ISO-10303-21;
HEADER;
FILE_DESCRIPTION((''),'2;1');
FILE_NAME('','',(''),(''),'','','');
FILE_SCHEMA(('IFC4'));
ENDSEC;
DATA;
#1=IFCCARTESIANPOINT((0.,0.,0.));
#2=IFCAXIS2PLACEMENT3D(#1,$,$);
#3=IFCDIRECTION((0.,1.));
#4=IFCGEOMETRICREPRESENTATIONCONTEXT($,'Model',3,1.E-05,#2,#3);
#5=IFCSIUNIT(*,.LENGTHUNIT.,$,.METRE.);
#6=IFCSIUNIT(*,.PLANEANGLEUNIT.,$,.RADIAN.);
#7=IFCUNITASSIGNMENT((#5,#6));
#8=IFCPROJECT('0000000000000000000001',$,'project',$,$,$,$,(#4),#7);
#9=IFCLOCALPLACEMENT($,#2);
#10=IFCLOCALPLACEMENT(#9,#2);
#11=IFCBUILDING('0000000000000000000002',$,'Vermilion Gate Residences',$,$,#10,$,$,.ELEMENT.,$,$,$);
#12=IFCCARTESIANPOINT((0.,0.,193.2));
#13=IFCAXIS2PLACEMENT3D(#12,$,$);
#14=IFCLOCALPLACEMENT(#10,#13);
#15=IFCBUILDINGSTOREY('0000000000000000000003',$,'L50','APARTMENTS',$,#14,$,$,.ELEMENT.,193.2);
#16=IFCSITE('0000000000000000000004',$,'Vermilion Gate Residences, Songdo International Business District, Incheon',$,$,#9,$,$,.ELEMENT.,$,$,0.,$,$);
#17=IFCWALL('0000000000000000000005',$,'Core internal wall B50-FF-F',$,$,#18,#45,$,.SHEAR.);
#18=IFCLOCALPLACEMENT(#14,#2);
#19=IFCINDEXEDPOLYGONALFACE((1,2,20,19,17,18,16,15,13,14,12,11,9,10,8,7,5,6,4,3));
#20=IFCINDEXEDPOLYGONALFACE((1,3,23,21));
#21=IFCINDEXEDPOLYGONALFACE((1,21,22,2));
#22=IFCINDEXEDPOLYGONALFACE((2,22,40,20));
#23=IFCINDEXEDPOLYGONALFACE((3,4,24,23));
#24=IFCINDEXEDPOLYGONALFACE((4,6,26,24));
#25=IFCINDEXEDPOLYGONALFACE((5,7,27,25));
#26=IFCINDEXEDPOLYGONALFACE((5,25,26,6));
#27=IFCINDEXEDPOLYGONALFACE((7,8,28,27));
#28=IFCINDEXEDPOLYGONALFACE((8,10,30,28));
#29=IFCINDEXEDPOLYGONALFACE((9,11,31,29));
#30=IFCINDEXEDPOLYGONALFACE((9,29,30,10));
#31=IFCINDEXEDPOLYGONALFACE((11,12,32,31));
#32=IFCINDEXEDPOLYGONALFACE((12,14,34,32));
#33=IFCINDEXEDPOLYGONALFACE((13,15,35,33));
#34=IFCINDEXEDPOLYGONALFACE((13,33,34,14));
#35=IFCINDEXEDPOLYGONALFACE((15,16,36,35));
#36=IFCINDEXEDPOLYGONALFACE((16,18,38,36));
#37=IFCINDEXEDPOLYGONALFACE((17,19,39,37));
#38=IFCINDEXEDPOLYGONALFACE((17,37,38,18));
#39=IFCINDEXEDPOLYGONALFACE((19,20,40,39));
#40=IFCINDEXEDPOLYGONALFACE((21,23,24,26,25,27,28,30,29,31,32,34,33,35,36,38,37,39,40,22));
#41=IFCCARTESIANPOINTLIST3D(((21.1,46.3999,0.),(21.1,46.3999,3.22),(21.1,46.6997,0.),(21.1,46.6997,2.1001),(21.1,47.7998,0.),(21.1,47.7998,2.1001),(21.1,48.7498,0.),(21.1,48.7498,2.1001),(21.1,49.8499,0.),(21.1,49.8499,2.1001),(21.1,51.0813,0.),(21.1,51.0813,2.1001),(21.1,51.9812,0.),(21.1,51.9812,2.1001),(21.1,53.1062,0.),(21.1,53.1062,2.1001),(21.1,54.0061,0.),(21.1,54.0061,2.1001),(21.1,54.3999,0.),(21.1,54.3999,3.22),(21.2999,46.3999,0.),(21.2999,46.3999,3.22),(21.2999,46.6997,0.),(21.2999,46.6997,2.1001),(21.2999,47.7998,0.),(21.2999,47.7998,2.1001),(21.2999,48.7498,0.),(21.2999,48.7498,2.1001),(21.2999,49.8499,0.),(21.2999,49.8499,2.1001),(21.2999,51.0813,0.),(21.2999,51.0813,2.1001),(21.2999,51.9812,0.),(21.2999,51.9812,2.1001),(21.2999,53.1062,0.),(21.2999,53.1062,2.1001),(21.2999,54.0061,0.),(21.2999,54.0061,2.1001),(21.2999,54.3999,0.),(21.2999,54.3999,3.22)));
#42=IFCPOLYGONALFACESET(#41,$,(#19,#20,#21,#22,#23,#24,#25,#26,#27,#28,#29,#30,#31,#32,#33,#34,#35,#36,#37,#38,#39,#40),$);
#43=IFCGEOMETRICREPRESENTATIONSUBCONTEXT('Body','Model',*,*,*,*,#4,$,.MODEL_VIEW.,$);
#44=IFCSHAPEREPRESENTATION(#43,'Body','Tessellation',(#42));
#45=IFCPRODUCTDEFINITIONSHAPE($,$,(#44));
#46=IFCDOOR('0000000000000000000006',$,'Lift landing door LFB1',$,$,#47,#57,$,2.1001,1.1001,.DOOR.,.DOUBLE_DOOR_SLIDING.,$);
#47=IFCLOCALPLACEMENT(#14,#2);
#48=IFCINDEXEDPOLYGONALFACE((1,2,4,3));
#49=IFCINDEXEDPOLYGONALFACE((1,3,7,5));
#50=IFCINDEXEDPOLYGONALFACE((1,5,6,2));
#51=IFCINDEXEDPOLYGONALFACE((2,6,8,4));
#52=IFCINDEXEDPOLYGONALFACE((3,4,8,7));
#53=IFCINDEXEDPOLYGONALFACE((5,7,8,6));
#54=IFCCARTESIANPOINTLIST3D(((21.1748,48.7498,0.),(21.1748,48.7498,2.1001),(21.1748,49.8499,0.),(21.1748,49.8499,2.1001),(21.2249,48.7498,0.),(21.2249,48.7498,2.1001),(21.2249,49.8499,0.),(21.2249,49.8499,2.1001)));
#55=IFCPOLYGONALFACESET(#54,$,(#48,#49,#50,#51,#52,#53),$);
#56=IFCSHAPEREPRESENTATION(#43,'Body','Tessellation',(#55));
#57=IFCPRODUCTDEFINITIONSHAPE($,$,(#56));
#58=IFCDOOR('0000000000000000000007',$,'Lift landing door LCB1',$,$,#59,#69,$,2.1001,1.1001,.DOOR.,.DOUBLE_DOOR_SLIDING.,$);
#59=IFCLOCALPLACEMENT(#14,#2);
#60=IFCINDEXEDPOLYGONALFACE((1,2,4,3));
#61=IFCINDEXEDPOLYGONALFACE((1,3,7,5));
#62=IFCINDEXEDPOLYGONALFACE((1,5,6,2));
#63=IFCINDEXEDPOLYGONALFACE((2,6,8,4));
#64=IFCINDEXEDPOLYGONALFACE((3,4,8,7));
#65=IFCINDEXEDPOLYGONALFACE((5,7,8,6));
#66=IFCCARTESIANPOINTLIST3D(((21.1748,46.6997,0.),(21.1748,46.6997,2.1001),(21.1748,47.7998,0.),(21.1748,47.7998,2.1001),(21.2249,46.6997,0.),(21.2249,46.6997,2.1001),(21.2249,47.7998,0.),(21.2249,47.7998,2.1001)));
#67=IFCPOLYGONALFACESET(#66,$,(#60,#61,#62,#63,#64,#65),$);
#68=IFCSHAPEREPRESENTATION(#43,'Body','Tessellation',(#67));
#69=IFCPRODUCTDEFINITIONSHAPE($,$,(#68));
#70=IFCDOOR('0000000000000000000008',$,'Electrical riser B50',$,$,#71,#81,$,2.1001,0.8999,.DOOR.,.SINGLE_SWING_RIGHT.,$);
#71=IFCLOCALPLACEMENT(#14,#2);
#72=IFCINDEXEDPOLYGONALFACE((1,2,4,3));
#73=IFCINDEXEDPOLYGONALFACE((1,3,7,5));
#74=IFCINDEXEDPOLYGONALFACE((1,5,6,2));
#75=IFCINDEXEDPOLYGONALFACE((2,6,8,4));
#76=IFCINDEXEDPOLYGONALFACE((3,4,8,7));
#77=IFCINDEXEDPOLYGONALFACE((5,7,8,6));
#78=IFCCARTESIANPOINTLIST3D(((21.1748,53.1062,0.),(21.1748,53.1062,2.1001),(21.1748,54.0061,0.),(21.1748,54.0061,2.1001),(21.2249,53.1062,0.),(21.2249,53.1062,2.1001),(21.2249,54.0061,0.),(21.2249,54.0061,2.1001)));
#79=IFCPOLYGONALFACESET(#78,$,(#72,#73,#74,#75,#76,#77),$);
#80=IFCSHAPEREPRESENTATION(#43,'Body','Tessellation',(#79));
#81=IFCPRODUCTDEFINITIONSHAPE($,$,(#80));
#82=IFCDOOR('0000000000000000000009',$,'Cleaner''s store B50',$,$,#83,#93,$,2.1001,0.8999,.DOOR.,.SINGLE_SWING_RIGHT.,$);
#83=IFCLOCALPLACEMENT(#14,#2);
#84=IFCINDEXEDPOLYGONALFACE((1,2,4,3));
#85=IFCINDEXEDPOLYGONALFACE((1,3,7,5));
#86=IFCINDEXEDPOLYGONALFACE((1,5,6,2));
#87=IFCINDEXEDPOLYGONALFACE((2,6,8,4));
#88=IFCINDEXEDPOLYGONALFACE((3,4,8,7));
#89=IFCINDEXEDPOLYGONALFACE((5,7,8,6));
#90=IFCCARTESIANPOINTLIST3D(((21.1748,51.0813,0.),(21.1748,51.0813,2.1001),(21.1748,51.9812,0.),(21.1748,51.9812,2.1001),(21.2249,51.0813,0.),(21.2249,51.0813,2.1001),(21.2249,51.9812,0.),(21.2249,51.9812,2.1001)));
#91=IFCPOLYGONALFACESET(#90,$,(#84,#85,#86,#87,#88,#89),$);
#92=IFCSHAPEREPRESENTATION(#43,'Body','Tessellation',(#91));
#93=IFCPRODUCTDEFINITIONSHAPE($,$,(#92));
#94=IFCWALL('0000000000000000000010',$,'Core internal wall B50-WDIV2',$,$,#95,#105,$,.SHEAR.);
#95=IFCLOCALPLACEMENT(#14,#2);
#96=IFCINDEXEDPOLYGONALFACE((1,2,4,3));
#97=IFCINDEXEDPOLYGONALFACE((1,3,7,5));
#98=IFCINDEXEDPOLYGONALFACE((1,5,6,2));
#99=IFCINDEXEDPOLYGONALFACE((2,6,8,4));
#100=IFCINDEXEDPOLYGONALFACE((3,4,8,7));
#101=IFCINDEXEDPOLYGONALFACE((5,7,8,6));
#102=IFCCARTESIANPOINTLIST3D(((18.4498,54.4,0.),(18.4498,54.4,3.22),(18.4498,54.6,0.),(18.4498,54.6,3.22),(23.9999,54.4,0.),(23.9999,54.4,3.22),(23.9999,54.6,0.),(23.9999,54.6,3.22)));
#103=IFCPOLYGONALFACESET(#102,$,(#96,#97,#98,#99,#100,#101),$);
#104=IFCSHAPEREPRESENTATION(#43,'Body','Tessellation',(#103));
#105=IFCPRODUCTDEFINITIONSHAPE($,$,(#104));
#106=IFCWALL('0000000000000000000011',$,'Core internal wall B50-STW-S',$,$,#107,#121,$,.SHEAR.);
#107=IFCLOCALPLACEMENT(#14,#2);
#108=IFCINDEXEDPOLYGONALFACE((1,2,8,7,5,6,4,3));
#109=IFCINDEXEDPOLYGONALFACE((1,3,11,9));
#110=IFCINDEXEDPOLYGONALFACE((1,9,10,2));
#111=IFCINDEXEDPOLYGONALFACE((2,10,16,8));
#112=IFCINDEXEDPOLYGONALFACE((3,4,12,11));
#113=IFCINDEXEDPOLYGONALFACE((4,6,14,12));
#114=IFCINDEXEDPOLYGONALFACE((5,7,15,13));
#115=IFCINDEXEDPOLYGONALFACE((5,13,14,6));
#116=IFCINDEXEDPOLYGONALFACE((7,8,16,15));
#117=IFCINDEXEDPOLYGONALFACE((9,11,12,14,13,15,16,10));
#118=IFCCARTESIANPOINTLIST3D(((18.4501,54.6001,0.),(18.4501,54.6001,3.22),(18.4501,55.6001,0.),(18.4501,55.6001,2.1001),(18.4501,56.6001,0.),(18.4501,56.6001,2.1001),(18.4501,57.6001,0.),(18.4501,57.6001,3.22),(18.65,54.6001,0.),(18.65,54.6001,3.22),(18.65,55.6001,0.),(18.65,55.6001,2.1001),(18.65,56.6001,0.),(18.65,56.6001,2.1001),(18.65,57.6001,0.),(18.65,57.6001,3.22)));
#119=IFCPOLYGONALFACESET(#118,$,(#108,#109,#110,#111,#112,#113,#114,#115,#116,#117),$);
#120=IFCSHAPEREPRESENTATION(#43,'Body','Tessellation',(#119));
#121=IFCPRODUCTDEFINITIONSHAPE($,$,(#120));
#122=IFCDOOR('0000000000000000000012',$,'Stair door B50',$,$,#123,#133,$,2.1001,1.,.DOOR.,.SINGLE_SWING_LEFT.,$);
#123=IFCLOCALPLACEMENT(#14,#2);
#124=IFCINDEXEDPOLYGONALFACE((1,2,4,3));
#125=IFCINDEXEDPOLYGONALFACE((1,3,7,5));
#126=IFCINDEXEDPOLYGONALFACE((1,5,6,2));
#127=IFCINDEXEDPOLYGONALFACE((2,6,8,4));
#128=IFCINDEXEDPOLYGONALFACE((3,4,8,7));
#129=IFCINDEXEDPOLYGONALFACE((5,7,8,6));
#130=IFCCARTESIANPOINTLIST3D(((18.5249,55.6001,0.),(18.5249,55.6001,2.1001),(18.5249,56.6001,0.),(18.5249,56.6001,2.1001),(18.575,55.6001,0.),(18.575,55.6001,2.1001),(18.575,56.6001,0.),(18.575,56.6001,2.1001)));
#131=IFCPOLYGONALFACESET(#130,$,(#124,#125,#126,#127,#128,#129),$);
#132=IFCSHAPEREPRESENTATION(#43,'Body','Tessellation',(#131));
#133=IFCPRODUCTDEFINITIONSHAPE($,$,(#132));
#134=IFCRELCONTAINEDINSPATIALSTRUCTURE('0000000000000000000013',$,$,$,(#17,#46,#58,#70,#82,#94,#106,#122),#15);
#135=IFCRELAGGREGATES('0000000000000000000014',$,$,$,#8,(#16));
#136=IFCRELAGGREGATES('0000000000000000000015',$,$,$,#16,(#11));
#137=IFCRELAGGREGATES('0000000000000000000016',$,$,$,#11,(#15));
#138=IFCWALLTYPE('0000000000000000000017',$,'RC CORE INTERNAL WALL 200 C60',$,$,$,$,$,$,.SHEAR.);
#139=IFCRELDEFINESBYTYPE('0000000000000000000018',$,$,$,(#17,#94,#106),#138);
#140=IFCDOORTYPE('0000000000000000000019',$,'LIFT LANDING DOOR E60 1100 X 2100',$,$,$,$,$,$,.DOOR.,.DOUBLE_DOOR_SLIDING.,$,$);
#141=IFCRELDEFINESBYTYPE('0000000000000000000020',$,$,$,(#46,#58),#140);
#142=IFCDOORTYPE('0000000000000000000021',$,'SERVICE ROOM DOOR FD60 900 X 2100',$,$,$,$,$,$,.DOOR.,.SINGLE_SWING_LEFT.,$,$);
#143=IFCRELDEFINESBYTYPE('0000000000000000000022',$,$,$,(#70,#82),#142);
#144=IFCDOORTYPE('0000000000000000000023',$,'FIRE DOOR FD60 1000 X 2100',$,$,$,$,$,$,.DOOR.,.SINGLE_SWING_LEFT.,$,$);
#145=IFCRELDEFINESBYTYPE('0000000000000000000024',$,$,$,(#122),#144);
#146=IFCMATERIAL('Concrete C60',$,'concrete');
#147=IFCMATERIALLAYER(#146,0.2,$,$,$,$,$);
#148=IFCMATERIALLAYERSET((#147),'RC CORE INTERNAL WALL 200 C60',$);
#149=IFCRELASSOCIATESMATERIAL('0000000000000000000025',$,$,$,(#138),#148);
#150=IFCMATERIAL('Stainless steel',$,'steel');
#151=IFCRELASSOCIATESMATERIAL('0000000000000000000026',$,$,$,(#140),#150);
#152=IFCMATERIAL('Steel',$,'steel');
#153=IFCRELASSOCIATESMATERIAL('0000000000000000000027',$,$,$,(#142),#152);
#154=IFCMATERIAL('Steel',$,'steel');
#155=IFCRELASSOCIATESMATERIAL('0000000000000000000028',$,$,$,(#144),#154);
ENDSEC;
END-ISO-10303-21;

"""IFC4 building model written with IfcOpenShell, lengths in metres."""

from ifc_helpers import new_model, si_unit, direction, frame, frame_2d, origin, place, context, subcontext, project, spatial, rectangle, extrude, material, layer, layer_set, type_object, element, fill, save


model = new_model("IFC4")

# Units and contexts
model_context = context("Model", 3, precision=1e-05, world=origin(), true_north=direction((0.0, 1.0)))
body_context = subcontext(model_context, "Body", "Model", "MODEL_VIEW")
ifc_project = project(units=[si_unit("LENGTHUNIT", "METRE"), si_unit("PLANEANGLEUNIT", "RADIAN")], contexts=[model_context])

# Site, building, storey
site_placement = place(None, origin())
site = spatial("IfcSite", under=ifc_project, at=site_placement, Name="Vermilion Gate Residences, Songdo International Business District, Incheon", CompositionType="ELEMENT", RefElevation=0.0)
building_placement = place(site_placement, origin())
building = spatial("IfcBuilding", under=site, at=building_placement, Name="Vermilion Gate Residences", CompositionType="ELEMENT")
storey_placement = place(building_placement, frame((0.0, 0.0, 193.2)))
storey = spatial("IfcBuildingStorey", under=building, at=storey_placement, Name="L50", Description="APARTMENTS", CompositionType="ELEMENT", Elevation=193.2)

# Wall, openings, doors
ifc_material_1 = material(Name="Concrete C60", Category="concrete")
ifc_layer_1 = layer(ifc_material_1, 0.2)
ifc_layer_set_1 = layer_set([ifc_layer_1], Name="RC CORE INTERNAL WALL 200 C60")
wall_type_1 = type_object("IfcWallType", Name="RC CORE INTERNAL WALL 200 C60", PredefinedType="SHEAR", material=ifc_layer_set_1)
wall_1_placement = place(storey_placement, frame((21.2, 54.3999, 0.0), z_axis=(0.0, 0.0, 1.0), x_axis=(0.0, -1.0, 0.0)))
wall_1 = element("IfcWall", 1, at=wall_1_placement, inside=storey, type_object=wall_type_1, Name="Core internal wall B50-FF-F", PredefinedType="SHEAR", context=body_context, shape_type="SweptSolid", body=[
    extrude(rectangle(XDim=8.0, YDim=0.2, at=frame_2d((4.0, 0.0))), origin(), (0.0, 0.0, 1.0), 3.22),
])
opening_1_placement = place(wall_1_placement, frame((0.3938, 0.0, 0.0)))
opening_1 = element("IfcOpeningElement", 2, at=opening_1_placement, cuts=wall_1, PredefinedType="OPENING", context=body_context, shape_type="SweptSolid", body=[
    extrude(rectangle(XDim=0.8999, YDim=2.1001, at=frame_2d((0.45, 1.05))), frame((0.0, 0.1099, 0.0), z_axis=(0.0, -1.0, 0.0), x_axis=(1.0, 0.0, 0.0)), (0.0, 0.0, 1.0), 0.22),
])
opening_2_placement = place(wall_1_placement, frame((2.4187, 0.0, 0.0)))
opening_2 = element("IfcOpeningElement", 3, at=opening_2_placement, cuts=wall_1, PredefinedType="OPENING", context=body_context, shape_type="SweptSolid", body=[
    extrude(rectangle(XDim=0.8999, YDim=2.1001, at=frame_2d((0.45, 1.05))), frame((0.0, 0.1099, 0.0), z_axis=(0.0, -1.0, 0.0), x_axis=(1.0, 0.0, 0.0)), (0.0, 0.0, 1.0), 0.22),
])
opening_3_placement = place(wall_1_placement, frame((4.55, 0.0, 0.0)))
opening_3 = element("IfcOpeningElement", 4, at=opening_3_placement, cuts=wall_1, PredefinedType="OPENING", context=body_context, shape_type="SweptSolid", body=[
    extrude(rectangle(XDim=1.1001, YDim=2.1001, at=frame_2d((0.55, 1.05))), frame((0.0, 0.1099, 0.0), z_axis=(0.0, -1.0, 0.0), x_axis=(1.0, 0.0, 0.0)), (0.0, 0.0, 1.0), 0.22),
])
opening_4_placement = place(wall_1_placement, frame((6.6001, 0.0, 0.0)))
opening_4 = element("IfcOpeningElement", 5, at=opening_4_placement, cuts=wall_1, PredefinedType="OPENING", context=body_context, shape_type="SweptSolid", body=[
    extrude(rectangle(XDim=1.1001, YDim=2.1001, at=frame_2d((0.55, 1.05))), frame((0.0, 0.1099, 0.0), z_axis=(0.0, -1.0, 0.0), x_axis=(1.0, 0.0, 0.0)), (0.0, 0.0, 1.0), 0.22),
])
ifc_material_2 = material(Name="Stainless steel", Category="steel")
door_type_1 = type_object("IfcDoorType", Name="LIFT LANDING DOOR E60 1100 X 2100", OperationType="DOUBLE_DOOR_SLIDING", PredefinedType="DOOR", material=ifc_material_2)
door_1_placement = place(opening_3_placement, origin())
door_1 = element("IfcDoor", 6, at=door_1_placement, inside=storey, type_object=door_type_1, Name="Lift landing door LFB1", OperationType="DOUBLE_DOOR_SLIDING", OverallHeight=2.1001, OverallWidth=1.1001, PredefinedType="DOOR", context=body_context, shape_type="SweptSolid", body=[
    extrude(rectangle(XDim=1.1001, YDim=2.1001, at=frame_2d((0.55, 1.05))), frame((0.0, 0.0249, 0.0), z_axis=(0.0, -1.0, 0.0), x_axis=(1.0, 0.0, 0.0)), (0.0, 0.0, 1.0), 0.05),
])
fill(opening_3, door_1)
door_2_placement = place(opening_4_placement, origin())
door_2 = element("IfcDoor", 7, at=door_2_placement, inside=storey, type_object=door_type_1, Name="Lift landing door LCB1", OperationType="DOUBLE_DOOR_SLIDING", OverallHeight=2.1001, OverallWidth=1.1001, PredefinedType="DOOR", context=body_context, shape_type="SweptSolid", body=[
    extrude(rectangle(XDim=1.1001, YDim=2.1001, at=frame_2d((0.55, 1.05))), frame((0.0, 0.0249, 0.0), z_axis=(0.0, -1.0, 0.0), x_axis=(1.0, 0.0, 0.0)), (0.0, 0.0, 1.0), 0.05),
])
fill(opening_4, door_2)
ifc_material_3 = material(Name="Steel", Category="steel")
door_type_2 = type_object("IfcDoorType", Name="SERVICE ROOM DOOR FD60 900 X 2100", OperationType="SINGLE_SWING_LEFT", PredefinedType="DOOR", material=ifc_material_3)
door_3_placement = place(opening_1_placement, origin())
door_3 = element("IfcDoor", 8, at=door_3_placement, inside=storey, type_object=door_type_2, Name="Electrical riser B50", OperationType="SINGLE_SWING_RIGHT", OverallHeight=2.1001, OverallWidth=0.8999, PredefinedType="DOOR", context=body_context, shape_type="SweptSolid", body=[
    extrude(rectangle(XDim=0.8999, YDim=2.1001, at=frame_2d((0.45, 1.05))), frame((0.0, 0.0249, 0.0), z_axis=(0.0, -1.0, 0.0), x_axis=(1.0, 0.0, 0.0)), (0.0, 0.0, 1.0), 0.05),
])
fill(opening_1, door_3)
door_4_placement = place(opening_2_placement, origin())
door_4 = element("IfcDoor", 9, at=door_4_placement, inside=storey, type_object=door_type_2, Name="Cleaner's store B50", OperationType="SINGLE_SWING_RIGHT", OverallHeight=2.1001, OverallWidth=0.8999, PredefinedType="DOOR", context=body_context, shape_type="SweptSolid", body=[
    extrude(rectangle(XDim=0.8999, YDim=2.1001, at=frame_2d((0.45, 1.05))), frame((0.0, 0.0249, 0.0), z_axis=(0.0, -1.0, 0.0), x_axis=(1.0, 0.0, 0.0)), (0.0, 0.0, 1.0), 0.05),
])
fill(opening_2, door_4)

# Wall
wall_2_placement = place(storey_placement, frame((18.45, 54.5, 0.0), z_axis=(0.0, 0.0, 1.0), x_axis=(1.0, 0.0, 0.0)))
element("IfcWall", 10, at=wall_2_placement, inside=storey, type_object=wall_type_1, Name="Core internal wall B50-WDIV2", PredefinedType="SHEAR", context=body_context, shape_type="SweptSolid", body=[
    extrude(rectangle(XDim=5.55, YDim=0.2, at=frame_2d((2.7749, 0.0))), origin(), (0.0, 0.0, 1.0), 3.22),
])

# Wall, opening, door
wall_3_placement = place(storey_placement, frame((18.55, 57.6001, 0.0), z_axis=(0.0, 0.0, 1.0), x_axis=(0.0, -1.0, 0.0)))
wall_3 = element("IfcWall", 11, at=wall_3_placement, inside=storey, type_object=wall_type_1, Name="Core internal wall B50-STW-S", PredefinedType="SHEAR", context=body_context, shape_type="SweptSolid", body=[
    extrude(rectangle(XDim=3.0, YDim=0.2, at=frame_2d((1.5, 0.0))), origin(), (0.0, 0.0, 1.0), 3.22),
])
opening_5_placement = place(wall_3_placement, frame((1.0, 0.0, 0.0)))
opening_5 = element("IfcOpeningElement", 12, at=opening_5_placement, cuts=wall_3, PredefinedType="OPENING", context=body_context, shape_type="SweptSolid", body=[
    extrude(rectangle(XDim=1.0, YDim=2.1001, at=frame_2d((0.5, 1.05))), frame((0.0, 0.1099, 0.0), z_axis=(0.0, -1.0, 0.0), x_axis=(1.0, 0.0, 0.0)), (0.0, 0.0, 1.0), 0.22),
])
ifc_material_4 = material(Name="Steel", Category="steel")
door_type_3 = type_object("IfcDoorType", Name="FIRE DOOR FD60 1000 X 2100", OperationType="SINGLE_SWING_LEFT", PredefinedType="DOOR", material=ifc_material_4)
door_5_placement = place(opening_5_placement, origin())
door_5 = element("IfcDoor", 13, at=door_5_placement, inside=storey, type_object=door_type_3, Name="Stair door B50", OperationType="SINGLE_SWING_LEFT", OverallHeight=2.1001, OverallWidth=1.0, PredefinedType="DOOR", context=body_context, shape_type="SweptSolid", body=[
    extrude(rectangle(XDim=1.0, YDim=2.1001, at=frame_2d((0.5, 1.05))), frame((0.0, 0.0249, 0.0), z_axis=(0.0, -1.0, 0.0), x_axis=(1.0, 0.0, 0.0)), (0.0, 0.0, 1.0), 0.05),
])
fill(opening_5, door_5)

save(model, "model.ifc")
